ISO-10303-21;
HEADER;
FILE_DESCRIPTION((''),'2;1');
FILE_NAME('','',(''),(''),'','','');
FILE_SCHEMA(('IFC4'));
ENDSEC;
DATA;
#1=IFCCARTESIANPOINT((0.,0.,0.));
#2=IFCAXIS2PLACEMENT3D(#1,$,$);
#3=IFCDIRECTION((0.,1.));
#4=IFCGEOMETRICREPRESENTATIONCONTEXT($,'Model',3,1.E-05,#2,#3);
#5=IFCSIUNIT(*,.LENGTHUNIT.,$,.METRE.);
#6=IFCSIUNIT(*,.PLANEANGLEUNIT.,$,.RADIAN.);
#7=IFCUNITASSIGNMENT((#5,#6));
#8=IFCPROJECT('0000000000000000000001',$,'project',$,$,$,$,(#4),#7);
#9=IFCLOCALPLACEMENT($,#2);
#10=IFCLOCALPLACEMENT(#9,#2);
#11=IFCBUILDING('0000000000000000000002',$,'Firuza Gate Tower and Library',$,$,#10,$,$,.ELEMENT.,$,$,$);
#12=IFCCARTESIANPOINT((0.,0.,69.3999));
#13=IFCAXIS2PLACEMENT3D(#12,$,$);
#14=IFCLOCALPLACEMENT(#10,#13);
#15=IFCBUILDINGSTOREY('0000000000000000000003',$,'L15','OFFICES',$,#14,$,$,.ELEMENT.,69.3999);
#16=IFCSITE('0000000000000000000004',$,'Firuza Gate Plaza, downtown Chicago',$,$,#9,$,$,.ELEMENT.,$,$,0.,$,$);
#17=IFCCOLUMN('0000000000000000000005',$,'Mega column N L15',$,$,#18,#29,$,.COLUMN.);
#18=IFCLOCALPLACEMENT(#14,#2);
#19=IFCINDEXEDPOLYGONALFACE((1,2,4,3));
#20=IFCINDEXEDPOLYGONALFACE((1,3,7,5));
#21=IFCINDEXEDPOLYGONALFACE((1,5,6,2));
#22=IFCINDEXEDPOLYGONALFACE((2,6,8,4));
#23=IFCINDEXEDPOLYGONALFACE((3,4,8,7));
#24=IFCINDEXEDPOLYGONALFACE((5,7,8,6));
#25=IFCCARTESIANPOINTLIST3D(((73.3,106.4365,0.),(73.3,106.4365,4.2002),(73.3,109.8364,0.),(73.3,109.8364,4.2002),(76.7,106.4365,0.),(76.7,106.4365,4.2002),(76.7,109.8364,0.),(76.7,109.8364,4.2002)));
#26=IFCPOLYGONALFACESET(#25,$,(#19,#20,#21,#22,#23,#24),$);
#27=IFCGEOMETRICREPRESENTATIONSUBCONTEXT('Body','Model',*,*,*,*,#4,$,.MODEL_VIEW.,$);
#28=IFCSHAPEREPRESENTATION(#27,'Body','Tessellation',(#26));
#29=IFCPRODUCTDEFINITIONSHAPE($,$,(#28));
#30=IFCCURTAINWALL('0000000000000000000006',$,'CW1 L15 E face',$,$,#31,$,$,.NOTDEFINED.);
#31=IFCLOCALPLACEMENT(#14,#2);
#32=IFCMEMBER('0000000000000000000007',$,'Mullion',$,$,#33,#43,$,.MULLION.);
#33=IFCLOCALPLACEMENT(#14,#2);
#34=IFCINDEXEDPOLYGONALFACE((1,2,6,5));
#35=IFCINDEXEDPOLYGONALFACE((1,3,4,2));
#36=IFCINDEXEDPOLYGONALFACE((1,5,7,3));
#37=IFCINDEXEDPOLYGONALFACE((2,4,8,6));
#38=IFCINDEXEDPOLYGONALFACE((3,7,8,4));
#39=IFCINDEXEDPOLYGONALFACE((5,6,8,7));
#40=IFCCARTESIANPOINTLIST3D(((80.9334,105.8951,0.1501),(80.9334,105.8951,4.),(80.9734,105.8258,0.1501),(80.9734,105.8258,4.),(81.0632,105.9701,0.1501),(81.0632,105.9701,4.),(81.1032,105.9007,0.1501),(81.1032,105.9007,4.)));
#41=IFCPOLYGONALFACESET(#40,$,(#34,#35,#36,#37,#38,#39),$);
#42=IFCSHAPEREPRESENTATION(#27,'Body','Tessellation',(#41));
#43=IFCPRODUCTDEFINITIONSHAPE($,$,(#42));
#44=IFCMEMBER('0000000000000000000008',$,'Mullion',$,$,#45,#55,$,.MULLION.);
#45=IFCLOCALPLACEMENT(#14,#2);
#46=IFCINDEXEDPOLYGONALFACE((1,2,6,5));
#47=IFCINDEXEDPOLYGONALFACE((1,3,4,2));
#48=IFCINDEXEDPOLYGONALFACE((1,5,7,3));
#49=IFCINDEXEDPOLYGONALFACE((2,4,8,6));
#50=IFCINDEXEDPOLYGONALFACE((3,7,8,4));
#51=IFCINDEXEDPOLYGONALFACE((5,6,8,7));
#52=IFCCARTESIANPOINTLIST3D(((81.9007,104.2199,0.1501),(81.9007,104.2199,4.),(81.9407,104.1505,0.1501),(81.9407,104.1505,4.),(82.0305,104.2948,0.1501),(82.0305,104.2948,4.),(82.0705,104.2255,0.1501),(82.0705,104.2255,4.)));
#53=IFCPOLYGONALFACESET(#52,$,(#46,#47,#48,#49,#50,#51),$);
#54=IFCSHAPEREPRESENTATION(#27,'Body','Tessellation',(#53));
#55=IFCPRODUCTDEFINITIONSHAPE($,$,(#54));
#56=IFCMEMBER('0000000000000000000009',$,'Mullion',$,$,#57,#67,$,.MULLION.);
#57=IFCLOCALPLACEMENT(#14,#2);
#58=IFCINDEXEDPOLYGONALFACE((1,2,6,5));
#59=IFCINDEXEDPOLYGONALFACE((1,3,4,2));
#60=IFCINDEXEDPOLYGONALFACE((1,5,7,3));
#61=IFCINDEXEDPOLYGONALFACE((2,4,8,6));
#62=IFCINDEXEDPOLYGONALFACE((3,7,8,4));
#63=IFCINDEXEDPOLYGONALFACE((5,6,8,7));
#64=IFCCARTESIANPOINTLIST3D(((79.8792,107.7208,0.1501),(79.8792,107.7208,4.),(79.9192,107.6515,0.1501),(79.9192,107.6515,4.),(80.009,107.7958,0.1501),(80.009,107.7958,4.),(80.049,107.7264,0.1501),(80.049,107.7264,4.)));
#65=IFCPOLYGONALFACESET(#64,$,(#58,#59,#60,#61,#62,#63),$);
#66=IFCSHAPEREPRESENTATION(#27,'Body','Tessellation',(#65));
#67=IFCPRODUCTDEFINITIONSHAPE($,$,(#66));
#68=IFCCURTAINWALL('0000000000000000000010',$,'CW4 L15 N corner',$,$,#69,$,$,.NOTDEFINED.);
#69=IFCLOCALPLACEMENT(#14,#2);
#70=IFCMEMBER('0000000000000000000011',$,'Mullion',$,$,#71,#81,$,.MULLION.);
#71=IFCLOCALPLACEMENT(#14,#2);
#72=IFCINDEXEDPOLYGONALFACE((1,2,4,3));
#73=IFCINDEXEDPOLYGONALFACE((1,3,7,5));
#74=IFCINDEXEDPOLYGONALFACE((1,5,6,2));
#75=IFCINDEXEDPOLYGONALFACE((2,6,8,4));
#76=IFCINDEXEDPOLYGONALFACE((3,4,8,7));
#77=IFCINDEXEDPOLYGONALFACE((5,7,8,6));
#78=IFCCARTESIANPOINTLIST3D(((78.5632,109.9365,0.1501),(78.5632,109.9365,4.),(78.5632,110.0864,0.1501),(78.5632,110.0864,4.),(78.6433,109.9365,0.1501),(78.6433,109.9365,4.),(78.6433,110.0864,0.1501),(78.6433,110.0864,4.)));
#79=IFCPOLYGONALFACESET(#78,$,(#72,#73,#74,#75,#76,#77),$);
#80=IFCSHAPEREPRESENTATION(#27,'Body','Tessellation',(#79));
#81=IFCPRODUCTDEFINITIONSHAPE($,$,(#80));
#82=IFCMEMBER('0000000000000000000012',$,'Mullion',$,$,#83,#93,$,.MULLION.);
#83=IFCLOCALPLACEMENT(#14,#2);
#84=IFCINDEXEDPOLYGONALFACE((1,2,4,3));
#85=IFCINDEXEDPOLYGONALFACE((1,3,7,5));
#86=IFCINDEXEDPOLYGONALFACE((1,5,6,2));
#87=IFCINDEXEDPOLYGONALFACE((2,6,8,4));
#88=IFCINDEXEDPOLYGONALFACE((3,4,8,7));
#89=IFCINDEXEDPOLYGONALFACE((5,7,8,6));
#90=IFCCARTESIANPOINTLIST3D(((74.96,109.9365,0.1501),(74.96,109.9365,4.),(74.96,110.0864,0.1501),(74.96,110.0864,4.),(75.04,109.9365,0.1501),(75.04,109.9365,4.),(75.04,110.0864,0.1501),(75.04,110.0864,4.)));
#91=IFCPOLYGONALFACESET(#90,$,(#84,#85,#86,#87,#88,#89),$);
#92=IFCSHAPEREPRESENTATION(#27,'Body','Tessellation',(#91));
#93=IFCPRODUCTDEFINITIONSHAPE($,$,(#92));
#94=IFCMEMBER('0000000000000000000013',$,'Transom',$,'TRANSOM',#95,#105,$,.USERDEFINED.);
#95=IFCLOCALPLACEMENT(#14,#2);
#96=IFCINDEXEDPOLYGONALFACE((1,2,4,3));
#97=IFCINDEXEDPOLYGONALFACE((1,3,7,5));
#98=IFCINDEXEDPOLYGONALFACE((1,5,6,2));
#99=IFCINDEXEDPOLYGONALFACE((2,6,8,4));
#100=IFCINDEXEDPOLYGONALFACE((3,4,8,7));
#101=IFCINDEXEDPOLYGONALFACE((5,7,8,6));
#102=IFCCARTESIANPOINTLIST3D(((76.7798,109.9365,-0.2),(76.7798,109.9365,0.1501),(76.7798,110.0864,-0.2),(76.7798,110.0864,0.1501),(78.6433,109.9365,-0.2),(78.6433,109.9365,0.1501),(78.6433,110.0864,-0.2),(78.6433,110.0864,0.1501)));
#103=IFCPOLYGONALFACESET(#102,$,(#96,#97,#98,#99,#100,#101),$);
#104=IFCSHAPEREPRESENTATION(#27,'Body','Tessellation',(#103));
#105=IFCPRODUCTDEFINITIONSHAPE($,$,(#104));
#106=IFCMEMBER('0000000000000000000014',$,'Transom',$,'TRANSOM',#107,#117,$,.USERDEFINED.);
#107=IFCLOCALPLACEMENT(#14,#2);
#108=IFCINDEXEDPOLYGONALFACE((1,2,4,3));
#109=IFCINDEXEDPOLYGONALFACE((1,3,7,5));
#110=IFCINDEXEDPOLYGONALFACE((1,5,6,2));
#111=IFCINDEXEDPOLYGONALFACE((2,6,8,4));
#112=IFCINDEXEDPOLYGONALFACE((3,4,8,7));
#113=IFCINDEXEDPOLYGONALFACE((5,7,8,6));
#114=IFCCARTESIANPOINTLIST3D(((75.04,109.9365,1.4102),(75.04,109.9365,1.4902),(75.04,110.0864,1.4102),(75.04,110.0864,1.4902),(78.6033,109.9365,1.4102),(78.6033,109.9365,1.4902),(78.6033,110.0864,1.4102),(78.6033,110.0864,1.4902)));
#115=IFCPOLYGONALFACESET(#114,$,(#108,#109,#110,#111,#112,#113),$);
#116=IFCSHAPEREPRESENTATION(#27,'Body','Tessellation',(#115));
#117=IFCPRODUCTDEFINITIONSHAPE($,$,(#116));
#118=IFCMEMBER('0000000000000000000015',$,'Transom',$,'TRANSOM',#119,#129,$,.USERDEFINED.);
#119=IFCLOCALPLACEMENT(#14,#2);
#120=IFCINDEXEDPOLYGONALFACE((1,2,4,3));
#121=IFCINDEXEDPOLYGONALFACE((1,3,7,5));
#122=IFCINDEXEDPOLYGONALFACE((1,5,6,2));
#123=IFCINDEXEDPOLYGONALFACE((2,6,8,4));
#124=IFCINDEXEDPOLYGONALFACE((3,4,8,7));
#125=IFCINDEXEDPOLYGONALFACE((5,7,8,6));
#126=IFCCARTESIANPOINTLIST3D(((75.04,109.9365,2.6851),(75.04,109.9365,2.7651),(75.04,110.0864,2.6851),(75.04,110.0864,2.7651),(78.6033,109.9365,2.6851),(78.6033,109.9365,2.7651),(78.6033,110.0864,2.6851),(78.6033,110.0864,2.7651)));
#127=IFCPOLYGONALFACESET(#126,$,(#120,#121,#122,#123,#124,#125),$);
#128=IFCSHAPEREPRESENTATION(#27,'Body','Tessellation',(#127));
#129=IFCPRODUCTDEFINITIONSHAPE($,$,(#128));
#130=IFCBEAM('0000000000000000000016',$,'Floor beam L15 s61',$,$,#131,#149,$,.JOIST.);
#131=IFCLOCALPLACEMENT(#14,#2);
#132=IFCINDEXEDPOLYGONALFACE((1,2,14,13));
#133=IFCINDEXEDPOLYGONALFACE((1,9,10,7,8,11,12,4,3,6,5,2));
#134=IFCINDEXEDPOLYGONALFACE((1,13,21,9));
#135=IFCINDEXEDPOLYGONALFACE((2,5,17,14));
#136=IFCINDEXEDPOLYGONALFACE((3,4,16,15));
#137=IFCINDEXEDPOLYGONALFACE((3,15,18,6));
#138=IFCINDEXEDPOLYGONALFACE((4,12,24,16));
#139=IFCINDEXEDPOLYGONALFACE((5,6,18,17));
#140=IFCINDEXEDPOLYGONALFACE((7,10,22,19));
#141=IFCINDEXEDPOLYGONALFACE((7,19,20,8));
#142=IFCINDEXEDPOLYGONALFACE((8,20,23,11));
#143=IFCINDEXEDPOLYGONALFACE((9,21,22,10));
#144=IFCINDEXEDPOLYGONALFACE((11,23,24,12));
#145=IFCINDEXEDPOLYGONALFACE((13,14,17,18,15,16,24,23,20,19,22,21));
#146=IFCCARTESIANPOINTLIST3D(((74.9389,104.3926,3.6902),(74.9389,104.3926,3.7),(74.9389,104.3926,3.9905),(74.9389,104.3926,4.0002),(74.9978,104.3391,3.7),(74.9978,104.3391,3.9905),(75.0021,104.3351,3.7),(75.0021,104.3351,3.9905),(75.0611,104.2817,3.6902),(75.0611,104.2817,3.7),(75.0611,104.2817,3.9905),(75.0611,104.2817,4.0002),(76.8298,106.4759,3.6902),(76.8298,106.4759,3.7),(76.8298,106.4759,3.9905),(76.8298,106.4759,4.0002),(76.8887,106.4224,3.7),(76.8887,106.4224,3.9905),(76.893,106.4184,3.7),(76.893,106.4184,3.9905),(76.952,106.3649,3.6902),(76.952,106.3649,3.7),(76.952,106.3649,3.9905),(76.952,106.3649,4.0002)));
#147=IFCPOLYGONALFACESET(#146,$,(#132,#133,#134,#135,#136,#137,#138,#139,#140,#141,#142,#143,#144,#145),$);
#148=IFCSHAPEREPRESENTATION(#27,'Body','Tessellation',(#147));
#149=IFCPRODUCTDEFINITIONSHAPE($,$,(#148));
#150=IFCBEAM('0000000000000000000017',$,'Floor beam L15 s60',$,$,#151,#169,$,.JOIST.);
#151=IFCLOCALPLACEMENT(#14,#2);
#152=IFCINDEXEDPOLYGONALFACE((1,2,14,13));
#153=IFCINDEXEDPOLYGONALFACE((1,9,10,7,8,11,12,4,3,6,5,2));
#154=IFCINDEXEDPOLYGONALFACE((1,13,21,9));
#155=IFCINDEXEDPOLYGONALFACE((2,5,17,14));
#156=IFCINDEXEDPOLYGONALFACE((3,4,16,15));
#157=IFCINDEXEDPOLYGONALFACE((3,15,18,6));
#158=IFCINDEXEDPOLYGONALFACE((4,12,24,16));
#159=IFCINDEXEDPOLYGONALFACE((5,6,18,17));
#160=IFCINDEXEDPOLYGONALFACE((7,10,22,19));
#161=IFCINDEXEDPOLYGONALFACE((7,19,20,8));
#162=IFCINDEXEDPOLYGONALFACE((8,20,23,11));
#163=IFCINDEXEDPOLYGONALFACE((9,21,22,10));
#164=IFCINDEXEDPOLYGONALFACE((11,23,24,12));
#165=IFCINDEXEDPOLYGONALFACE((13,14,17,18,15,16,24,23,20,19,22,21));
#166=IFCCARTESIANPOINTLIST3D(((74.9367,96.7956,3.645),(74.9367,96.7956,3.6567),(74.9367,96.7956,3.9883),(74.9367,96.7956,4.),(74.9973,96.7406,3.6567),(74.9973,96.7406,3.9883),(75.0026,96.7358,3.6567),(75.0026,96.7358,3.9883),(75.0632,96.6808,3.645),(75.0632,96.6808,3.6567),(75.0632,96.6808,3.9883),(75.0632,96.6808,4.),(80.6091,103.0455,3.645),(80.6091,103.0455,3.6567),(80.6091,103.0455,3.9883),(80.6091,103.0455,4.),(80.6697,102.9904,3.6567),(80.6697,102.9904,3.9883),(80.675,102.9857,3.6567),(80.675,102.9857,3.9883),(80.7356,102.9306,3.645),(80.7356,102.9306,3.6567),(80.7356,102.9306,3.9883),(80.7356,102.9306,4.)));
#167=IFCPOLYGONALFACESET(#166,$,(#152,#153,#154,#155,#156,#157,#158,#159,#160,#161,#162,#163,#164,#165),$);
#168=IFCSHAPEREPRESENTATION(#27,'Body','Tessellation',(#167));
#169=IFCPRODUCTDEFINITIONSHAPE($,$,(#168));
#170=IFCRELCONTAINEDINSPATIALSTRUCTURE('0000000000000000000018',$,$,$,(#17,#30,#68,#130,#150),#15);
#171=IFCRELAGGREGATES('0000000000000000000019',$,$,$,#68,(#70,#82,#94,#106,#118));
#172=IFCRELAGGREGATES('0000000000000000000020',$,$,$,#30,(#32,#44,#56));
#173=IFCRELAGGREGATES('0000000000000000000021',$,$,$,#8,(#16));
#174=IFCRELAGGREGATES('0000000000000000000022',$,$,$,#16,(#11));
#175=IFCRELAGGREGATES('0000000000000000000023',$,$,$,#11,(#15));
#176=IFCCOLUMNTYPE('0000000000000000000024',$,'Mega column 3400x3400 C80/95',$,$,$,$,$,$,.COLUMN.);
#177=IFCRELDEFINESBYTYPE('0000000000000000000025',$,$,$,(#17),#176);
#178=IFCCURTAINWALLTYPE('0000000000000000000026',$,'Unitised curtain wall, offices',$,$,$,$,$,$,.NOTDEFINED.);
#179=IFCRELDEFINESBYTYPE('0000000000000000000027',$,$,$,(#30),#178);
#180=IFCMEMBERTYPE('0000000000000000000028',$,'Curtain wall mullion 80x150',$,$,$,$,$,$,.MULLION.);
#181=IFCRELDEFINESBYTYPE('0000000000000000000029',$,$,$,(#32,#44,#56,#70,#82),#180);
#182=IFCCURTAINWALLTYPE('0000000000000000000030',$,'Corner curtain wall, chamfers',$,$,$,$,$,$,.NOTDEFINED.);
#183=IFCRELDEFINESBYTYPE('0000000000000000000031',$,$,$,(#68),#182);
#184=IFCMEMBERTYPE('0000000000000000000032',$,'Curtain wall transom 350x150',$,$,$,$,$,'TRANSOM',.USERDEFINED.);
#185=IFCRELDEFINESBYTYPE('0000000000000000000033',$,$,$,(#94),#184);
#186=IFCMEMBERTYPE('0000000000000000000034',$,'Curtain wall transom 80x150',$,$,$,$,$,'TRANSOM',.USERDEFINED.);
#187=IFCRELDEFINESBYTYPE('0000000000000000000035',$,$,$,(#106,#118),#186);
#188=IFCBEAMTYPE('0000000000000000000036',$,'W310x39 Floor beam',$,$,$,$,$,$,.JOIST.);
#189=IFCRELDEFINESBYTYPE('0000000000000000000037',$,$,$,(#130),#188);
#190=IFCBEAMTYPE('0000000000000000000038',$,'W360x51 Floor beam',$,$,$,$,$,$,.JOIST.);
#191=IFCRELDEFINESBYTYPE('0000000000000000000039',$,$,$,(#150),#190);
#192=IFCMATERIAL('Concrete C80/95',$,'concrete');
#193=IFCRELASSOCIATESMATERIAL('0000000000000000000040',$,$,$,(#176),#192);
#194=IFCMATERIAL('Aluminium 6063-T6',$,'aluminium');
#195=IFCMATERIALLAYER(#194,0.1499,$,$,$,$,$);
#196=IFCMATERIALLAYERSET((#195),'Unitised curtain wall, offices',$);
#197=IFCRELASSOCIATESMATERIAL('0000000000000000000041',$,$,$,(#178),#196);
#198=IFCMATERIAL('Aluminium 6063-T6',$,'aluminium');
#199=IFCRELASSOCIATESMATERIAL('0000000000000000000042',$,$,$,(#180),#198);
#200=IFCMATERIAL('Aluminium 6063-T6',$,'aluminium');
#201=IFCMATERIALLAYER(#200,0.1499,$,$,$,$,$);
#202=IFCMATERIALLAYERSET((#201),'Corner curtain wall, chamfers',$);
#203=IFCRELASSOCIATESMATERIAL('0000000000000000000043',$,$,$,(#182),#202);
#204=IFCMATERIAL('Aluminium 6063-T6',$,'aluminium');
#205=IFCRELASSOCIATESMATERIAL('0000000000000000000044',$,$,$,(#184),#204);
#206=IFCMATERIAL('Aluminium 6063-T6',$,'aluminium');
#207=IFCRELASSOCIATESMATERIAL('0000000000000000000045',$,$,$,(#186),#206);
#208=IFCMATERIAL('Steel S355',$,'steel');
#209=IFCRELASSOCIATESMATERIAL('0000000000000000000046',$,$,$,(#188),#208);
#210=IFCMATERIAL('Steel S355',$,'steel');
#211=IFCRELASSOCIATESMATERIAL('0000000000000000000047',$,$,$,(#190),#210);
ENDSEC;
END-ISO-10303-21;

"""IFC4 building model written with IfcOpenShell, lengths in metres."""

from ifc_helpers import new_model, si_unit, direction, frame, origin, origin_2d, place, context, subcontext, project, spatial, rectangle, i_section, extrude, material, layer, layer_set, material_profile, profile_set, type_object, element, aggregate, save


model = new_model("IFC4")

# Units and contexts
model_context = context("Model", 3, precision=1e-05, world=origin(), true_north=direction((0.0, 1.0)))
body_context = subcontext(model_context, "Body", "Model", "MODEL_VIEW")
ifc_project = project(units=[si_unit("LENGTHUNIT", "METRE"), si_unit("PLANEANGLEUNIT", "RADIAN")], contexts=[model_context])

# Site, building, storey
site_placement = place(None, origin())
site = spatial("IfcSite", under=ifc_project, at=site_placement, Name="Firuza Gate Plaza, downtown Chicago", CompositionType="ELEMENT", RefElevation=0.0)
building_placement = place(site_placement, origin())
building = spatial("IfcBuilding", under=site, at=building_placement, Name="Firuza Gate Tower and Library", CompositionType="ELEMENT")
storey_placement = place(building_placement, frame((0.0, 0.0, 69.3999)))
storey = spatial("IfcBuildingStorey", under=building, at=storey_placement, Name="L15", Description="OFFICES", CompositionType="ELEMENT", Elevation=69.3999)

# Column
ifc_material_1 = material(Name="Concrete C80/95", Category="concrete")
ifc_material_profile_1 = material_profile(ifc_material_1, rectangle(XDim=3.3999, YDim=3.3999, at=origin_2d()))
ifc_profile_set_1 = profile_set([ifc_material_profile_1], Name="Concrete C80/95")
column_type = type_object("IfcColumnType", Name="Mega column 3400x3400 C80/95", PredefinedType="COLUMN", material=ifc_profile_set_1)
column_placement = place(storey_placement, frame((75.0, 108.1365, 0.0), z_axis=(0.0, 0.0, 1.0), x_axis=(-1.0, 0.0, 0.0)))
element("IfcColumn", 1, at=column_placement, inside=storey, type_object=column_type, Name="Mega column N L15", PredefinedType="COLUMN", context=body_context, shape_type="SweptSolid", body=[
    extrude(rectangle(XDim=3.3999, YDim=3.3999, at=origin_2d()), origin(), (0.0, 0.0, 1.0), 4.2002),
])

# Curtain walls, members
ifc_material_2 = material(Name="Aluminium 6063-T6", Category="aluminium")
ifc_layer_1 = layer(ifc_material_2, 0.1499)
ifc_layer_set_1 = layer_set([ifc_layer_1], Name="Unitised curtain wall, offices")
curtain_wall_type_1 = type_object("IfcCurtainWallType", Name="Unitised curtain wall, offices", PredefinedType="NOTDEFINED", material=ifc_layer_set_1)
placement = place(storey_placement, origin())
curtain_wall_1 = element("IfcCurtainWall", 2, at=placement, inside=storey, type_object=curtain_wall_type_1, Name="CW1 L15 E face", PredefinedType="NOTDEFINED")
ifc_material_3 = material(Name="Aluminium 6063-T6", Category="aluminium")
ifc_material_profile_2 = material_profile(ifc_material_3, rectangle(XDim=0.1499, YDim=0.0801, at=origin_2d()))
ifc_profile_set_2 = profile_set([ifc_material_profile_2], Name="Aluminium 6063-T6")
member_type_1 = type_object("IfcMemberType", Name="Curtain wall mullion 80x150", PredefinedType="MULLION", material=ifc_profile_set_2)
member_1_placement = place(storey_placement, frame((81.0183, 105.8979, 0.1501), z_axis=(0.0, 0.0, 1.0), x_axis=(-0.866025, -0.5, 0.0)))
member_1 = element("IfcMember", 3, at=member_1_placement, type_object=member_type_1, Name="Mullion", PredefinedType="MULLION", context=body_context, shape_type="SweptSolid", body=[
    extrude(rectangle(XDim=0.1499, YDim=0.0801, at=origin_2d()), origin(), (0.0, 0.0, 1.0), 3.8499),
])
member_2_placement = place(storey_placement, frame((81.9856, 104.2227, 0.1501), z_axis=(0.0, 0.0, 1.0), x_axis=(-0.866025, -0.5, 0.0)))
member_2 = element("IfcMember", 4, at=member_2_placement, type_object=member_type_1, Name="Mullion", PredefinedType="MULLION", context=body_context, shape_type="SweptSolid", body=[
    extrude(rectangle(XDim=0.1499, YDim=0.0801, at=origin_2d()), origin(), (0.0, 0.0, 1.0), 3.8499),
])
member_3_placement = place(storey_placement, frame((79.9641, 107.7236, 0.1501), z_axis=(0.0, 0.0, 1.0), x_axis=(-0.866025, -0.5, 0.0)))
member_3 = element("IfcMember", 5, at=member_3_placement, type_object=member_type_1, Name="Mullion", PredefinedType="MULLION", context=body_context, shape_type="SweptSolid", body=[
    extrude(rectangle(XDim=0.1499, YDim=0.0801, at=origin_2d()), origin(), (0.0, 0.0, 1.0), 3.8499),
])
ifc_material_4 = material(Name="Aluminium 6063-T6", Category="aluminium")
ifc_layer_2 = layer(ifc_material_4, 0.1499)
ifc_layer_set_2 = layer_set([ifc_layer_2], Name="Corner curtain wall, chamfers")
curtain_wall_type_2 = type_object("IfcCurtainWallType", Name="Corner curtain wall, chamfers", PredefinedType="NOTDEFINED", material=ifc_layer_set_2)
curtain_wall_2 = element("IfcCurtainWall", 6, at=placement, inside=storey, type_object=curtain_wall_type_2, Name="CW4 L15 N corner", PredefinedType="NOTDEFINED")
member_4_placement = place(storey_placement, frame((78.6033, 110.0115, 0.1501), z_axis=(0.0, 0.0, 1.0), x_axis=(0.0, -1.0, 0.0)))
member_4 = element("IfcMember", 7, at=member_4_placement, type_object=member_type_1, Name="Mullion", PredefinedType="MULLION", context=body_context, shape_type="SweptSolid", body=[
    extrude(rectangle(XDim=0.1499, YDim=0.0801, at=origin_2d()), origin(), (0.0, 0.0, 1.0), 3.8499),
])
member_5_placement = place(storey_placement, frame((75.0, 110.0115, 0.1501), z_axis=(0.0, 0.0, 1.0), x_axis=(0.0, -1.0, 0.0)))
member_5 = element("IfcMember", 8, at=member_5_placement, type_object=member_type_1, Name="Mullion", PredefinedType="MULLION", context=body_context, shape_type="SweptSolid", body=[
    extrude(rectangle(XDim=0.1499, YDim=0.0801, at=origin_2d()), origin(), (0.0, 0.0, 1.0), 3.8499),
])
ifc_material_5 = material(Name="Aluminium 6063-T6", Category="aluminium")
ifc_material_profile_3 = material_profile(ifc_material_5, rectangle(XDim=0.1499, YDim=0.3501, at=origin_2d()))
ifc_profile_set_3 = profile_set([ifc_material_profile_3], Name="Aluminium 6063-T6")
member_type_2 = type_object("IfcMemberType", Name="Curtain wall transom 350x150", ElementType="TRANSOM", PredefinedType="USERDEFINED", material=ifc_profile_set_3)
member_6_placement = place(storey_placement, frame((78.6433, 110.0115, -0.0249), z_axis=(-1.0, 0.0, 0.0), x_axis=(0.0, -1.0, 0.0)))
member_6 = element("IfcMember", 9, at=member_6_placement, type_object=member_type_2, Name="Transom", ObjectType="TRANSOM", PredefinedType="USERDEFINED", context=body_context, shape_type="SweptSolid", body=[
    extrude(rectangle(XDim=0.1499, YDim=0.3501, at=origin_2d()), origin(), (0.0, 0.0, 1.0), 1.8635),
])
ifc_material_6 = material(Name="Aluminium 6063-T6", Category="aluminium")
ifc_material_profile_4 = material_profile(ifc_material_6, rectangle(XDim=0.1499, YDim=0.0801, at=origin_2d()))
ifc_profile_set_4 = profile_set([ifc_material_profile_4], Name="Aluminium 6063-T6")
member_type_3 = type_object("IfcMemberType", Name="Curtain wall transom 80x150", ElementType="TRANSOM", PredefinedType="USERDEFINED", material=ifc_profile_set_4)
member_7_placement = place(storey_placement, frame((78.6033, 110.0115, 1.4502), z_axis=(-1.0, 0.0, 0.0), x_axis=(0.0, -1.0, 0.0)))
member_7 = element("IfcMember", 10, at=member_7_placement, type_object=member_type_3, Name="Transom", ObjectType="TRANSOM", PredefinedType="USERDEFINED", context=body_context, shape_type="SweptSolid", body=[
    extrude(rectangle(XDim=0.1499, YDim=0.0801, at=origin_2d()), origin(), (0.0, 0.0, 1.0), 3.5632),
])
member_8_placement = place(storey_placement, frame((78.6033, 110.0115, 2.7251), z_axis=(-1.0, 0.0, 0.0), x_axis=(0.0, -1.0, 0.0)))
member_8 = element("IfcMember", 11, at=member_8_placement, type_object=member_type_3, Name="Transom", ObjectType="TRANSOM", PredefinedType="USERDEFINED", context=body_context, shape_type="SweptSolid", body=[
    extrude(rectangle(XDim=0.1499, YDim=0.0801, at=origin_2d()), origin(), (0.0, 0.0, 1.0), 3.5632),
])

# Beams
ifc_material_7 = material(Name="Steel S355", Category="steel")
ifc_material_profile_5 = material_profile(ifc_material_7, i_section(OverallWidth=0.165, OverallDepth=0.3101, WebThickness=0.0059, FlangeThickness=0.0098, at=origin_2d()))
ifc_profile_set_5 = profile_set([ifc_material_profile_5], Name="Steel S355")
beam_type_1 = type_object("IfcBeamType", Name="W310x39 Floor beam", PredefinedType="JOIST", material=ifc_profile_set_5)
beam_1_placement = place(storey_placement, frame((76.8909, 106.4204, 3.8452), z_axis=(-0.672089, -0.74047, 0.0), x_axis=(0.74047, -0.672089, 0.0)))
element("IfcBeam", 12, at=beam_1_placement, inside=storey, type_object=beam_type_1, Name="Floor beam L15 s61", PredefinedType="JOIST", context=body_context, shape_type="SweptSolid", body=[
    extrude(i_section(OverallWidth=0.165, OverallDepth=0.3101, WebThickness=0.0059, FlangeThickness=0.0098, at=origin_2d()), origin(), (0.0, 0.0, 1.0), 2.8135),
])
ifc_material_8 = material(Name="Steel S355", Category="steel")
ifc_material_profile_6 = material_profile(ifc_material_8, i_section(OverallWidth=0.1709, OverallDepth=0.355, WebThickness=0.0071, FlangeThickness=0.0117, at=origin_2d()))
ifc_profile_set_6 = profile_set([ifc_material_profile_6], Name="Steel S355")
beam_type_2 = type_object("IfcBeamType", Name="W360x51 Floor beam", PredefinedType="JOIST", material=ifc_profile_set_6)
beam_2_placement = place(storey_placement, frame((80.6724, 102.988, 3.8225), z_axis=(-0.672074, -0.740484, 0.0), x_axis=(0.740484, -0.672074, 0.0)))
element("IfcBeam", 13, at=beam_2_placement, inside=storey, type_object=beam_type_2, Name="Floor beam L15 s60", PredefinedType="JOIST", context=body_context, shape_type="SweptSolid", body=[
    extrude(i_section(OverallWidth=0.1709, OverallDepth=0.355, WebThickness=0.0071, FlangeThickness=0.0117, at=origin_2d()), origin(), (0.0, 0.0, 1.0), 8.4402),
])

aggregate(curtain_wall_2, [member_4, member_5, member_6, member_7, member_8])
aggregate(curtain_wall_1, [member_1, member_2, member_3])

save(model, "model.ifc")
